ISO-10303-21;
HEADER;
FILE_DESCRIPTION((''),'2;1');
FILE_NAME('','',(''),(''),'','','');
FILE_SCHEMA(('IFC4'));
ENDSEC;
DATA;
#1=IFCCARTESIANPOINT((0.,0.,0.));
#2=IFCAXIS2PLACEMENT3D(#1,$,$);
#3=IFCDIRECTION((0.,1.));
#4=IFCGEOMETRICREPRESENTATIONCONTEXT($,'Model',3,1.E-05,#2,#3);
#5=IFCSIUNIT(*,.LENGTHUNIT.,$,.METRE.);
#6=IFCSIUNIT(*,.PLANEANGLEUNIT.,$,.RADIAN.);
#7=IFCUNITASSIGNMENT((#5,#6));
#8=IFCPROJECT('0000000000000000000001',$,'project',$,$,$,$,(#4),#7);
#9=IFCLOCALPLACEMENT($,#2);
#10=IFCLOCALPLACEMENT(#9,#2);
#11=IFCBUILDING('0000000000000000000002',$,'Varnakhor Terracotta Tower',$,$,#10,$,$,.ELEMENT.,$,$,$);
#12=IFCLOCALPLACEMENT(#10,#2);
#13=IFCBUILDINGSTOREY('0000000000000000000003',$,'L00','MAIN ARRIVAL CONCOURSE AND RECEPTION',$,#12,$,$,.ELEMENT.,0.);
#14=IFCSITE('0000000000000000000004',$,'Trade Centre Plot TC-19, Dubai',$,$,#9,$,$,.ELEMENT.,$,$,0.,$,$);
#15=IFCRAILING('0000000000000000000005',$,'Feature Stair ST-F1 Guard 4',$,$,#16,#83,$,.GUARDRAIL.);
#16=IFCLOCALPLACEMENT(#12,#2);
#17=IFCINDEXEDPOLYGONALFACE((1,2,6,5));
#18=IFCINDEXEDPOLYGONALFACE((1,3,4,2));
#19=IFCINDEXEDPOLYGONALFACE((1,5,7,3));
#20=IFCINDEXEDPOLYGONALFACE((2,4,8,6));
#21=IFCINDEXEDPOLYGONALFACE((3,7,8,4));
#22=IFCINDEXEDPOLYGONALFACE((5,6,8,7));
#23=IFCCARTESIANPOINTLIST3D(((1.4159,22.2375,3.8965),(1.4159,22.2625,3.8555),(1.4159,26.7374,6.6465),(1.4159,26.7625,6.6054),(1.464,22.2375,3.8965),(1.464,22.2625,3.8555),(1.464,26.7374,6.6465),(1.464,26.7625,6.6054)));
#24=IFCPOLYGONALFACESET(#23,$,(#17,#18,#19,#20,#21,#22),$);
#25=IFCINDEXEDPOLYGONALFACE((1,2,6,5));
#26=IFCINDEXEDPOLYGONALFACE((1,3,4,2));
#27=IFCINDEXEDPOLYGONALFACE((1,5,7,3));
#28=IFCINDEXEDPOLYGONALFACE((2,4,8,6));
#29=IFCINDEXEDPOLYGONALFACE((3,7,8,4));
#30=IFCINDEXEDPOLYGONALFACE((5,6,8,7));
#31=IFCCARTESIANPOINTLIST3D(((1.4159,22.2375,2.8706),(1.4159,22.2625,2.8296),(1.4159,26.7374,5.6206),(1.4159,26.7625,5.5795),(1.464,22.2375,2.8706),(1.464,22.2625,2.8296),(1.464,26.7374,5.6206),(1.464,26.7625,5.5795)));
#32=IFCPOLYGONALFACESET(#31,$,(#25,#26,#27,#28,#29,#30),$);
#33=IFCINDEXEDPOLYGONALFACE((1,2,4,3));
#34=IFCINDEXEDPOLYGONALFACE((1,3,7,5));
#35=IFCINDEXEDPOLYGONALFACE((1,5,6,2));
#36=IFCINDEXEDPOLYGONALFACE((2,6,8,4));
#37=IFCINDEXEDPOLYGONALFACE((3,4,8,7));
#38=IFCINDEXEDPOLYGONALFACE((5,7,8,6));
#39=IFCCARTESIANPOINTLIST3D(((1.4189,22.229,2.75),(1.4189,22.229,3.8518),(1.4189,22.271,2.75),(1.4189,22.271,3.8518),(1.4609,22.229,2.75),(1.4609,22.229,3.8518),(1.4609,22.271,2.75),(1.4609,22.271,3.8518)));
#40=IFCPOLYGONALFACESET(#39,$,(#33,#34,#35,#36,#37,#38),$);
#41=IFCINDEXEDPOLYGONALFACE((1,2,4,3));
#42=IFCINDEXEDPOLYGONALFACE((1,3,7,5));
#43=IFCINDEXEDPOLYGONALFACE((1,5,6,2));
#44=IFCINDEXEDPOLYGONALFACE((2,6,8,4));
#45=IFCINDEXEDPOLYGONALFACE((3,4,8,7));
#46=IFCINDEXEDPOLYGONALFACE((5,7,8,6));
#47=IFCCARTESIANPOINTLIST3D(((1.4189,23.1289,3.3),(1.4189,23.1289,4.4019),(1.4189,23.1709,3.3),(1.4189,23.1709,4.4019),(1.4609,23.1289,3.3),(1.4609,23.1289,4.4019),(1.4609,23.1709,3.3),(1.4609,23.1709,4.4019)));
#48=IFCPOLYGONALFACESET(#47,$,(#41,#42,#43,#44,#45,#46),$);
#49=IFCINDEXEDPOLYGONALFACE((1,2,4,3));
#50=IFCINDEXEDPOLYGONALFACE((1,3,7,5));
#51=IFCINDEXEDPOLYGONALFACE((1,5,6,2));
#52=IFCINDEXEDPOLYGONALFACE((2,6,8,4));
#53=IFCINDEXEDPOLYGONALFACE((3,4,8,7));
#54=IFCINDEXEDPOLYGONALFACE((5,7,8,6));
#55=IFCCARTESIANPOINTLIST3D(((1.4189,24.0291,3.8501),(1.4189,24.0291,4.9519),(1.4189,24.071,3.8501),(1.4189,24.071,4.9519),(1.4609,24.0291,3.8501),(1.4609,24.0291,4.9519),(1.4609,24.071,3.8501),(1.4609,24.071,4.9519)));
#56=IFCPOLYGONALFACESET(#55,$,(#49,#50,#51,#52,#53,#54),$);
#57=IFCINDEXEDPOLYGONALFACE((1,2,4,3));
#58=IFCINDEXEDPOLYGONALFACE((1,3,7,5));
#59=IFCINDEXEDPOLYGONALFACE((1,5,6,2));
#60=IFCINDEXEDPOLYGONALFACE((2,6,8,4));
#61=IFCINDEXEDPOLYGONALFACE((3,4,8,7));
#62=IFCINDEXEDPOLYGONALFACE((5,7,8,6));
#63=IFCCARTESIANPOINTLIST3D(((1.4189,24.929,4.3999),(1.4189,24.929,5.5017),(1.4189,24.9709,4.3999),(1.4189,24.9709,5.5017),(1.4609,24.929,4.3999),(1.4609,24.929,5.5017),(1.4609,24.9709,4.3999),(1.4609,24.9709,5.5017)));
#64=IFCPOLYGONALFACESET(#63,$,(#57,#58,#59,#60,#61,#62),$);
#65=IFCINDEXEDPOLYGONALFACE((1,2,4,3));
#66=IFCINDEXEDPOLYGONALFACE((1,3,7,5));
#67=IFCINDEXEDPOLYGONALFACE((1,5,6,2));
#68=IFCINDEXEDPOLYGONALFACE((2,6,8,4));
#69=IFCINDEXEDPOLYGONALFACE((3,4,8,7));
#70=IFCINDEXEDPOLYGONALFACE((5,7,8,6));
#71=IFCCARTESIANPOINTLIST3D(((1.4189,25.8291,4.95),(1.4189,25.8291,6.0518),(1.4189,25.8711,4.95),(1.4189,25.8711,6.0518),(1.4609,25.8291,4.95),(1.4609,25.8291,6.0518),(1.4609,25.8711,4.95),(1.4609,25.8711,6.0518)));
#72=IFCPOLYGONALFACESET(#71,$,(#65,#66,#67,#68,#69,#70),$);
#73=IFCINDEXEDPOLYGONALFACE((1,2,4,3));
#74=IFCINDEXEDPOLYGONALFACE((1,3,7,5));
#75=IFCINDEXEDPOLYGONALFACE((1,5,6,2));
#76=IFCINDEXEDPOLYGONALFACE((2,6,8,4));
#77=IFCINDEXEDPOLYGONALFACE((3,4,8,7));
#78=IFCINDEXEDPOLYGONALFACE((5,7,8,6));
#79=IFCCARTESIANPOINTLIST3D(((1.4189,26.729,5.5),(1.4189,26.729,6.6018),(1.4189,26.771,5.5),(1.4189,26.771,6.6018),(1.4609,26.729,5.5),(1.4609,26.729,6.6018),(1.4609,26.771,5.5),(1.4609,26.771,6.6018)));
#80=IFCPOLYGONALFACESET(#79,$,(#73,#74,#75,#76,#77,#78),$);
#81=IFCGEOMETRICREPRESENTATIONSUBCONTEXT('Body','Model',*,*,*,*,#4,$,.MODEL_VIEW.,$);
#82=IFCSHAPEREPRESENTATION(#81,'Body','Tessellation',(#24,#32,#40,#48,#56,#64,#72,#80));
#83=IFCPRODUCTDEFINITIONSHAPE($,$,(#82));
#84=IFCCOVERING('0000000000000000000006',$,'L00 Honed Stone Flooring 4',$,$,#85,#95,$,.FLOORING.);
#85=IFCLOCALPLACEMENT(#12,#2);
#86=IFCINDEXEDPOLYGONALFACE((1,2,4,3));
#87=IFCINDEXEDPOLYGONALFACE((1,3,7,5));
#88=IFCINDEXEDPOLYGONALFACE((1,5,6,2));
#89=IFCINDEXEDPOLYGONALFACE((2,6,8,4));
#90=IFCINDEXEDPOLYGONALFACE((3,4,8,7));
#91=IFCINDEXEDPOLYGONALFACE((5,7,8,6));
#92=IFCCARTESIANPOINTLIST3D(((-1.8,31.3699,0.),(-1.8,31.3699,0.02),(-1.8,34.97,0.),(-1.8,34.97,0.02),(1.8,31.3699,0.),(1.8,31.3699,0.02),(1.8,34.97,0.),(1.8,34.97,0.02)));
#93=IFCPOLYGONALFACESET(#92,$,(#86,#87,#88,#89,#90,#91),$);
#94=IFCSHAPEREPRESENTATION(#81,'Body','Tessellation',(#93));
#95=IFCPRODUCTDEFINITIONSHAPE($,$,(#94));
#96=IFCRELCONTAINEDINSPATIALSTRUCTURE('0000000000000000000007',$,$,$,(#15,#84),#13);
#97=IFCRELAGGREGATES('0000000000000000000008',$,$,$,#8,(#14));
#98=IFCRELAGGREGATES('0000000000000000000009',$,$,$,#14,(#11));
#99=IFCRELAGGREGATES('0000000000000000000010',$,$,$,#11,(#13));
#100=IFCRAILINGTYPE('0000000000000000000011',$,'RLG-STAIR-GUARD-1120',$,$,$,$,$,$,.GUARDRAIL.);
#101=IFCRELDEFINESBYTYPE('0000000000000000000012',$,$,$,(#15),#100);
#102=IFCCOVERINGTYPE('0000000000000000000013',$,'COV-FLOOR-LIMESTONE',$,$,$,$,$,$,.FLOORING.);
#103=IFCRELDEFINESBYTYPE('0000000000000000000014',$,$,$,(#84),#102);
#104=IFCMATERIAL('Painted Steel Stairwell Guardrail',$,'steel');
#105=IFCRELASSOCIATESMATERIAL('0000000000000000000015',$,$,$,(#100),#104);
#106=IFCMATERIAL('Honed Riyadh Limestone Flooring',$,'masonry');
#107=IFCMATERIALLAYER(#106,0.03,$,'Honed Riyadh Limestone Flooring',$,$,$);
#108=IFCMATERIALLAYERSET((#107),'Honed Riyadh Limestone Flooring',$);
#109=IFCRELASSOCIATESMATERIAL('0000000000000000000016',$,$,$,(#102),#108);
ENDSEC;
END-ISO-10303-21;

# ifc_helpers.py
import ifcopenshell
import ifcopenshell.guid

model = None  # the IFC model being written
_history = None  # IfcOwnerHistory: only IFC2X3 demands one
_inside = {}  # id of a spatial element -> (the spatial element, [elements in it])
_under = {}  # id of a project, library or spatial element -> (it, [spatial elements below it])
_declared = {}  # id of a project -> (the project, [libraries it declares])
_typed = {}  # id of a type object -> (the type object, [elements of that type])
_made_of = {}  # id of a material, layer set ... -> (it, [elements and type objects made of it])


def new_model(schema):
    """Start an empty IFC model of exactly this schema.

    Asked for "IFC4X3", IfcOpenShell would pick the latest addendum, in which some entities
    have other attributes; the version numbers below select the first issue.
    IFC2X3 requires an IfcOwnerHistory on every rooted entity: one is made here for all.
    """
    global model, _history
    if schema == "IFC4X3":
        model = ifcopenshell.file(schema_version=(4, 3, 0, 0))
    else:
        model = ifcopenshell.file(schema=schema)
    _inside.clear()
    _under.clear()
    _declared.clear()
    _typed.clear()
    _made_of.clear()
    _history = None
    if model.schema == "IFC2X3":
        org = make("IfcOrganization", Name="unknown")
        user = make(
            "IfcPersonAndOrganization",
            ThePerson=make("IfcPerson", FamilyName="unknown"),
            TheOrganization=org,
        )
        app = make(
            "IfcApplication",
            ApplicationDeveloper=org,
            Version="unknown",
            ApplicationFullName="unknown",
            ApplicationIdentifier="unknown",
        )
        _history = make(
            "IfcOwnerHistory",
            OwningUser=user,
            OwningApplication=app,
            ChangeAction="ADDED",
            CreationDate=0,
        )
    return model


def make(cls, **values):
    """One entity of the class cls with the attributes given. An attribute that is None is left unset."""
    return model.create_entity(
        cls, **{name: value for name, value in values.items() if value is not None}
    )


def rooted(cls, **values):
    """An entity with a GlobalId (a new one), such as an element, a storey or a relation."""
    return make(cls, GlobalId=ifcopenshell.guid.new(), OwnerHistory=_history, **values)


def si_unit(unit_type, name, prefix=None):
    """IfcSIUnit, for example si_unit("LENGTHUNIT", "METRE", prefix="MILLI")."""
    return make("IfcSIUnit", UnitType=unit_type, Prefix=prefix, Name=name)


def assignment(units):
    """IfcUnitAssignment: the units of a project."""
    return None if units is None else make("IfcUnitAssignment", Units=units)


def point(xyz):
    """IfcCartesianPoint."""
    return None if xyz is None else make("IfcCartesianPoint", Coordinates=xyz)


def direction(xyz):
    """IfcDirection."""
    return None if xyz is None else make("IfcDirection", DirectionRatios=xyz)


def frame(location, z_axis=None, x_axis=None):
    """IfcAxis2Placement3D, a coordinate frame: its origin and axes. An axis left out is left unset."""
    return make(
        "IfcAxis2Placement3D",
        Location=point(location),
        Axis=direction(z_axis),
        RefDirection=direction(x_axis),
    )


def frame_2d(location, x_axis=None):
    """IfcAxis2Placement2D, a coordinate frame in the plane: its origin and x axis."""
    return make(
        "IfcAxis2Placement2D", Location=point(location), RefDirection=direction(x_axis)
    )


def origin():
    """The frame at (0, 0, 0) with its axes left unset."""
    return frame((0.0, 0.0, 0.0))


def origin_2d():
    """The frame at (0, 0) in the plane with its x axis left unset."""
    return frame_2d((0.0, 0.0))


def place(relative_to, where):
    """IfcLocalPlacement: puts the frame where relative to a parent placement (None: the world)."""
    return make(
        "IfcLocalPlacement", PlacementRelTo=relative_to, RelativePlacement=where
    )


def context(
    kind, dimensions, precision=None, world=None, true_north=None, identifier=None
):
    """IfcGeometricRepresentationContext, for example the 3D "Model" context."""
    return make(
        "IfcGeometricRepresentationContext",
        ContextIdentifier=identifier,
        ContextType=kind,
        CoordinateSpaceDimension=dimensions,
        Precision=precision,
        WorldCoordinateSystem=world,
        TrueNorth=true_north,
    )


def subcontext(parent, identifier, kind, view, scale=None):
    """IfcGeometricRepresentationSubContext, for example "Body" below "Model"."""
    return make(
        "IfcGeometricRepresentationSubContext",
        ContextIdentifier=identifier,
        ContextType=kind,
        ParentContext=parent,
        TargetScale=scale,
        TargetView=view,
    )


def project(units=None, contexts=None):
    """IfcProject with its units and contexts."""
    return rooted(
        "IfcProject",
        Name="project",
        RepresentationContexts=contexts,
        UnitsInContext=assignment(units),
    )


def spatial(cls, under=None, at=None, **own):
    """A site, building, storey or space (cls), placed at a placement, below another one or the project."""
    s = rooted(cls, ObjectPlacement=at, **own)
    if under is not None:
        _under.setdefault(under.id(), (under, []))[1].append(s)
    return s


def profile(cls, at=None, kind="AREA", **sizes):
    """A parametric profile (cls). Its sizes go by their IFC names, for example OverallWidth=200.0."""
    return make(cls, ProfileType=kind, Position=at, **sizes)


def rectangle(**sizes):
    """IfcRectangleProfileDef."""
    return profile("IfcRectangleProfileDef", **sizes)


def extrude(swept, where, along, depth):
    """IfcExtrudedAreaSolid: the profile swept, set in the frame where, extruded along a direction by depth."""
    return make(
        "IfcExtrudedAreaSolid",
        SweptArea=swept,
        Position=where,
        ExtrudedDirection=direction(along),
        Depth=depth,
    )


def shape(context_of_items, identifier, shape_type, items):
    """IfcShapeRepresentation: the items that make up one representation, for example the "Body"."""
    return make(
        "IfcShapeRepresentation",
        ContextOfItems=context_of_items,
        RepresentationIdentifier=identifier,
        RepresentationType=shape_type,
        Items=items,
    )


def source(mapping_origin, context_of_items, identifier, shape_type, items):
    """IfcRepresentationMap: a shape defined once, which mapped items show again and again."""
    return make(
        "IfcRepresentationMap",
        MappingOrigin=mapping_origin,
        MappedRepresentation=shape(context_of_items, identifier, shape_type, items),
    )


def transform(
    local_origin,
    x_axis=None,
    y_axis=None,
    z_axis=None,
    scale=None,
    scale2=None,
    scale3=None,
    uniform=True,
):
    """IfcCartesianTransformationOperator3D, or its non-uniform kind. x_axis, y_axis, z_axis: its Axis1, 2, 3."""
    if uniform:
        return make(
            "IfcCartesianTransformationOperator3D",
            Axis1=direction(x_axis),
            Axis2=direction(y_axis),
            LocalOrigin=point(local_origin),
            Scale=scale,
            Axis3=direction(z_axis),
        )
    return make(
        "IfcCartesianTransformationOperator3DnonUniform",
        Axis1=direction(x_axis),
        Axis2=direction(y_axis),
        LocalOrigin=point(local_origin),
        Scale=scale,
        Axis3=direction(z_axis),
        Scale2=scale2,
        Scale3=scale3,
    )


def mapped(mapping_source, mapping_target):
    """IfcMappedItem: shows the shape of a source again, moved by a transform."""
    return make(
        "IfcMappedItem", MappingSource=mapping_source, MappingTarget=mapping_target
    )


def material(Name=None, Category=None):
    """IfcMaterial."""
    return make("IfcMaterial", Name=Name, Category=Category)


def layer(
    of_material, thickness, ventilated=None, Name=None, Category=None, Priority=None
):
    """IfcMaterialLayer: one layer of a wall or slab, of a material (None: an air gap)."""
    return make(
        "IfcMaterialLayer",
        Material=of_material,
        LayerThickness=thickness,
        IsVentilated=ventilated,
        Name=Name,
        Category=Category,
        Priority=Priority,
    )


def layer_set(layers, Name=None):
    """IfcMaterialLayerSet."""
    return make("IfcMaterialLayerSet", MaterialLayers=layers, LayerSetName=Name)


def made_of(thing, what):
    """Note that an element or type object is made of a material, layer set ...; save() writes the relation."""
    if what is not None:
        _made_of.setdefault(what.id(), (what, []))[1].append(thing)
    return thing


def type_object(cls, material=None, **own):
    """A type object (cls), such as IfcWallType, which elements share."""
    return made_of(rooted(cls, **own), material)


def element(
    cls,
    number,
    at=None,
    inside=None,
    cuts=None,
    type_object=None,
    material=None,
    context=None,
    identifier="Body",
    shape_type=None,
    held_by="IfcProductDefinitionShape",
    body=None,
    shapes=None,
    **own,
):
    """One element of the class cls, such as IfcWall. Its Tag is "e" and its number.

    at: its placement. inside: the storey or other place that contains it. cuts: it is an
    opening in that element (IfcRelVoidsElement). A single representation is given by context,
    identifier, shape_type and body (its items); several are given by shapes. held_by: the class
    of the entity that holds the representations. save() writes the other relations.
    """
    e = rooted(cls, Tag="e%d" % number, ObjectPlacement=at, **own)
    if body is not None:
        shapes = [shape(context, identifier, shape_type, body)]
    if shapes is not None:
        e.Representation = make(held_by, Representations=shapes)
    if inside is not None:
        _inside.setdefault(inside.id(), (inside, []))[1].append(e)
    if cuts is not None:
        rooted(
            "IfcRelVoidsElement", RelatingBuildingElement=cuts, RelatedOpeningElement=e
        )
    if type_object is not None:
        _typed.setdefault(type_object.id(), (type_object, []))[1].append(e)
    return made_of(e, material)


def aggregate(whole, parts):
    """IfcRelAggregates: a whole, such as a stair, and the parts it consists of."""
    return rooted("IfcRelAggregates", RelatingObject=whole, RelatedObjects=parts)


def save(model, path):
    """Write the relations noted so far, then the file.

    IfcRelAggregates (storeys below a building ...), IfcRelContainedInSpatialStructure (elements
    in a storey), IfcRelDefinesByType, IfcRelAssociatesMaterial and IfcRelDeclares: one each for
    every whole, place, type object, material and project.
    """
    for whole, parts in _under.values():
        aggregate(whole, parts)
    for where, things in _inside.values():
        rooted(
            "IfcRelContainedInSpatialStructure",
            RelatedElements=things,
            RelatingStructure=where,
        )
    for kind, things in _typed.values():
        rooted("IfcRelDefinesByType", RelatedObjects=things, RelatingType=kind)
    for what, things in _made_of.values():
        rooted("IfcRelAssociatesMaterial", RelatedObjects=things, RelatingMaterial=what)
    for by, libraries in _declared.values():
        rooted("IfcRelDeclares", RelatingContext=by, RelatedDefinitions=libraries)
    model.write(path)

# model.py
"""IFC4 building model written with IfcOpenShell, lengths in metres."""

from ifc_helpers import new_model, si_unit, direction, frame, origin, origin_2d, place, context, subcontext, project, spatial, rectangle, extrude, source, transform, mapped, material, layer, layer_set, type_object, element, save


model = new_model("IFC4")

# Units and contexts
model_context = context("Model", 3, precision=1e-05, world=origin(), true_north=direction((0.0, 1.0)))
body_context = subcontext(model_context, "Body", "Model", "MODEL_VIEW")
ifc_project = project(units=[si_unit("LENGTHUNIT", "METRE"), si_unit("PLANEANGLEUNIT", "RADIAN")], contexts=[model_context])

# Site, building, storey
site_placement = place(None, origin())
site = spatial("IfcSite", under=ifc_project, at=site_placement, Name="Trade Centre Plot TC-19, Dubai", CompositionType="ELEMENT", RefElevation=0.0)
building_placement = place(site_placement, origin())
building = spatial("IfcBuilding", under=site, at=building_placement, Name="Varnakhor Terracotta Tower", CompositionType="ELEMENT")
storey_placement = place(building_placement, origin())
storey = spatial("IfcBuildingStorey", under=building, at=storey_placement, Name="L00", Description="MAIN ARRIVAL CONCOURSE AND RECEPTION", CompositionType="ELEMENT", Elevation=0.0)

# Railing
ifc_material_1 = material(Name="Painted Steel Stairwell Guardrail", Category="steel")
railing_type = type_object("IfcRailingType", Name="RLG-STAIR-GUARD-1120", PredefinedType="GUARDRAIL", material=ifc_material_1)
for number, where, name in (
    (1, (1.4399, 22.25, 2.75), "Feature Stair ST-F1 Guard 4"),
):
    element("IfcRailing", number, at=place(storey_placement, frame(where)), inside=storey, type_object=railing_type, Name=name, PredefinedType="GUARDRAIL", context=body_context, shape_type="SweptSolid", body=[
        extrude(rectangle(XDim=0.0481, YDim=0.0481, at=origin_2d()), frame((0.0, 0.0, 1.126), z_axis=(0.0, 0.853282, 0.52145), x_axis=(-1.0, 0.0, 0.0)), (0.0, 0.0, 1.0), 5.2737),
        extrude(rectangle(XDim=0.0481, YDim=0.0481, at=origin_2d()), frame((0.0, 0.0, 0.1001), z_axis=(0.0, 0.853282, 0.52145), x_axis=(-1.0, 0.0, 0.0)), (0.0, 0.0, 1.0), 5.2737),
        extrude(rectangle(XDim=0.042, YDim=0.042, at=origin_2d()), origin(), (0.0, 0.0, 1.0), 1.1018),
        extrude(rectangle(XDim=0.042, YDim=0.042, at=origin_2d()), frame((0.0, 0.8999, 0.55)), (0.0, 0.0, 1.0), 1.1018),
        extrude(rectangle(XDim=0.042, YDim=0.042, at=origin_2d()), frame((0.0, 1.8, 1.1001)), (0.0, 0.0, 1.0), 1.1018),
        extrude(rectangle(XDim=0.042, YDim=0.042, at=origin_2d()), frame((0.0, 2.7, 1.6499)), (0.0, 0.0, 1.0), 1.1018),
        extrude(rectangle(XDim=0.042, YDim=0.042, at=origin_2d()), frame((0.0, 3.6001, 2.2)), (0.0, 0.0, 1.0), 1.1018),
        extrude(rectangle(XDim=0.042, YDim=0.042, at=origin_2d()), frame((0.0, 4.5, 2.75)), (0.0, 0.0, 1.0), 1.1018),
    ])

# Covering
ifc_material_2 = material(Name="Honed Riyadh Limestone Flooring", Category="masonry")
ifc_layer_1 = layer(ifc_material_2, 0.03, Name="Honed Riyadh Limestone Flooring")
ifc_layer_set_1 = layer_set([ifc_layer_1], Name="Honed Riyadh Limestone Flooring")
covering_type = type_object("IfcCoveringType", Name="COV-FLOOR-LIMESTONE", PredefinedType="FLOORING", material=ifc_layer_set_1)
shared_shape_1 = source(origin(), body_context, "Body", "SweptSolid", [
    extrude(rectangle(XDim=3.6001, YDim=3.6001, at=origin_2d()), origin(), (0.0, 0.0, 1.0), 0.02),
])
covering_placement = place(storey_placement, frame((0.0, 33.1699, 0.0), z_axis=(0.0, 0.0, 1.0), x_axis=(1.0, 0.0, 0.0)))
element("IfcCovering", 2, at=covering_placement, inside=storey, type_object=covering_type, Name="L00 Honed Stone Flooring 4", PredefinedType="FLOORING", context=body_context, shape_type="MappedRepresentation", body=[
    mapped(shared_shape_1, transform((0.0, 0.0, 0.0), scale=1.0)),
])

save(model, "model.ifc")
